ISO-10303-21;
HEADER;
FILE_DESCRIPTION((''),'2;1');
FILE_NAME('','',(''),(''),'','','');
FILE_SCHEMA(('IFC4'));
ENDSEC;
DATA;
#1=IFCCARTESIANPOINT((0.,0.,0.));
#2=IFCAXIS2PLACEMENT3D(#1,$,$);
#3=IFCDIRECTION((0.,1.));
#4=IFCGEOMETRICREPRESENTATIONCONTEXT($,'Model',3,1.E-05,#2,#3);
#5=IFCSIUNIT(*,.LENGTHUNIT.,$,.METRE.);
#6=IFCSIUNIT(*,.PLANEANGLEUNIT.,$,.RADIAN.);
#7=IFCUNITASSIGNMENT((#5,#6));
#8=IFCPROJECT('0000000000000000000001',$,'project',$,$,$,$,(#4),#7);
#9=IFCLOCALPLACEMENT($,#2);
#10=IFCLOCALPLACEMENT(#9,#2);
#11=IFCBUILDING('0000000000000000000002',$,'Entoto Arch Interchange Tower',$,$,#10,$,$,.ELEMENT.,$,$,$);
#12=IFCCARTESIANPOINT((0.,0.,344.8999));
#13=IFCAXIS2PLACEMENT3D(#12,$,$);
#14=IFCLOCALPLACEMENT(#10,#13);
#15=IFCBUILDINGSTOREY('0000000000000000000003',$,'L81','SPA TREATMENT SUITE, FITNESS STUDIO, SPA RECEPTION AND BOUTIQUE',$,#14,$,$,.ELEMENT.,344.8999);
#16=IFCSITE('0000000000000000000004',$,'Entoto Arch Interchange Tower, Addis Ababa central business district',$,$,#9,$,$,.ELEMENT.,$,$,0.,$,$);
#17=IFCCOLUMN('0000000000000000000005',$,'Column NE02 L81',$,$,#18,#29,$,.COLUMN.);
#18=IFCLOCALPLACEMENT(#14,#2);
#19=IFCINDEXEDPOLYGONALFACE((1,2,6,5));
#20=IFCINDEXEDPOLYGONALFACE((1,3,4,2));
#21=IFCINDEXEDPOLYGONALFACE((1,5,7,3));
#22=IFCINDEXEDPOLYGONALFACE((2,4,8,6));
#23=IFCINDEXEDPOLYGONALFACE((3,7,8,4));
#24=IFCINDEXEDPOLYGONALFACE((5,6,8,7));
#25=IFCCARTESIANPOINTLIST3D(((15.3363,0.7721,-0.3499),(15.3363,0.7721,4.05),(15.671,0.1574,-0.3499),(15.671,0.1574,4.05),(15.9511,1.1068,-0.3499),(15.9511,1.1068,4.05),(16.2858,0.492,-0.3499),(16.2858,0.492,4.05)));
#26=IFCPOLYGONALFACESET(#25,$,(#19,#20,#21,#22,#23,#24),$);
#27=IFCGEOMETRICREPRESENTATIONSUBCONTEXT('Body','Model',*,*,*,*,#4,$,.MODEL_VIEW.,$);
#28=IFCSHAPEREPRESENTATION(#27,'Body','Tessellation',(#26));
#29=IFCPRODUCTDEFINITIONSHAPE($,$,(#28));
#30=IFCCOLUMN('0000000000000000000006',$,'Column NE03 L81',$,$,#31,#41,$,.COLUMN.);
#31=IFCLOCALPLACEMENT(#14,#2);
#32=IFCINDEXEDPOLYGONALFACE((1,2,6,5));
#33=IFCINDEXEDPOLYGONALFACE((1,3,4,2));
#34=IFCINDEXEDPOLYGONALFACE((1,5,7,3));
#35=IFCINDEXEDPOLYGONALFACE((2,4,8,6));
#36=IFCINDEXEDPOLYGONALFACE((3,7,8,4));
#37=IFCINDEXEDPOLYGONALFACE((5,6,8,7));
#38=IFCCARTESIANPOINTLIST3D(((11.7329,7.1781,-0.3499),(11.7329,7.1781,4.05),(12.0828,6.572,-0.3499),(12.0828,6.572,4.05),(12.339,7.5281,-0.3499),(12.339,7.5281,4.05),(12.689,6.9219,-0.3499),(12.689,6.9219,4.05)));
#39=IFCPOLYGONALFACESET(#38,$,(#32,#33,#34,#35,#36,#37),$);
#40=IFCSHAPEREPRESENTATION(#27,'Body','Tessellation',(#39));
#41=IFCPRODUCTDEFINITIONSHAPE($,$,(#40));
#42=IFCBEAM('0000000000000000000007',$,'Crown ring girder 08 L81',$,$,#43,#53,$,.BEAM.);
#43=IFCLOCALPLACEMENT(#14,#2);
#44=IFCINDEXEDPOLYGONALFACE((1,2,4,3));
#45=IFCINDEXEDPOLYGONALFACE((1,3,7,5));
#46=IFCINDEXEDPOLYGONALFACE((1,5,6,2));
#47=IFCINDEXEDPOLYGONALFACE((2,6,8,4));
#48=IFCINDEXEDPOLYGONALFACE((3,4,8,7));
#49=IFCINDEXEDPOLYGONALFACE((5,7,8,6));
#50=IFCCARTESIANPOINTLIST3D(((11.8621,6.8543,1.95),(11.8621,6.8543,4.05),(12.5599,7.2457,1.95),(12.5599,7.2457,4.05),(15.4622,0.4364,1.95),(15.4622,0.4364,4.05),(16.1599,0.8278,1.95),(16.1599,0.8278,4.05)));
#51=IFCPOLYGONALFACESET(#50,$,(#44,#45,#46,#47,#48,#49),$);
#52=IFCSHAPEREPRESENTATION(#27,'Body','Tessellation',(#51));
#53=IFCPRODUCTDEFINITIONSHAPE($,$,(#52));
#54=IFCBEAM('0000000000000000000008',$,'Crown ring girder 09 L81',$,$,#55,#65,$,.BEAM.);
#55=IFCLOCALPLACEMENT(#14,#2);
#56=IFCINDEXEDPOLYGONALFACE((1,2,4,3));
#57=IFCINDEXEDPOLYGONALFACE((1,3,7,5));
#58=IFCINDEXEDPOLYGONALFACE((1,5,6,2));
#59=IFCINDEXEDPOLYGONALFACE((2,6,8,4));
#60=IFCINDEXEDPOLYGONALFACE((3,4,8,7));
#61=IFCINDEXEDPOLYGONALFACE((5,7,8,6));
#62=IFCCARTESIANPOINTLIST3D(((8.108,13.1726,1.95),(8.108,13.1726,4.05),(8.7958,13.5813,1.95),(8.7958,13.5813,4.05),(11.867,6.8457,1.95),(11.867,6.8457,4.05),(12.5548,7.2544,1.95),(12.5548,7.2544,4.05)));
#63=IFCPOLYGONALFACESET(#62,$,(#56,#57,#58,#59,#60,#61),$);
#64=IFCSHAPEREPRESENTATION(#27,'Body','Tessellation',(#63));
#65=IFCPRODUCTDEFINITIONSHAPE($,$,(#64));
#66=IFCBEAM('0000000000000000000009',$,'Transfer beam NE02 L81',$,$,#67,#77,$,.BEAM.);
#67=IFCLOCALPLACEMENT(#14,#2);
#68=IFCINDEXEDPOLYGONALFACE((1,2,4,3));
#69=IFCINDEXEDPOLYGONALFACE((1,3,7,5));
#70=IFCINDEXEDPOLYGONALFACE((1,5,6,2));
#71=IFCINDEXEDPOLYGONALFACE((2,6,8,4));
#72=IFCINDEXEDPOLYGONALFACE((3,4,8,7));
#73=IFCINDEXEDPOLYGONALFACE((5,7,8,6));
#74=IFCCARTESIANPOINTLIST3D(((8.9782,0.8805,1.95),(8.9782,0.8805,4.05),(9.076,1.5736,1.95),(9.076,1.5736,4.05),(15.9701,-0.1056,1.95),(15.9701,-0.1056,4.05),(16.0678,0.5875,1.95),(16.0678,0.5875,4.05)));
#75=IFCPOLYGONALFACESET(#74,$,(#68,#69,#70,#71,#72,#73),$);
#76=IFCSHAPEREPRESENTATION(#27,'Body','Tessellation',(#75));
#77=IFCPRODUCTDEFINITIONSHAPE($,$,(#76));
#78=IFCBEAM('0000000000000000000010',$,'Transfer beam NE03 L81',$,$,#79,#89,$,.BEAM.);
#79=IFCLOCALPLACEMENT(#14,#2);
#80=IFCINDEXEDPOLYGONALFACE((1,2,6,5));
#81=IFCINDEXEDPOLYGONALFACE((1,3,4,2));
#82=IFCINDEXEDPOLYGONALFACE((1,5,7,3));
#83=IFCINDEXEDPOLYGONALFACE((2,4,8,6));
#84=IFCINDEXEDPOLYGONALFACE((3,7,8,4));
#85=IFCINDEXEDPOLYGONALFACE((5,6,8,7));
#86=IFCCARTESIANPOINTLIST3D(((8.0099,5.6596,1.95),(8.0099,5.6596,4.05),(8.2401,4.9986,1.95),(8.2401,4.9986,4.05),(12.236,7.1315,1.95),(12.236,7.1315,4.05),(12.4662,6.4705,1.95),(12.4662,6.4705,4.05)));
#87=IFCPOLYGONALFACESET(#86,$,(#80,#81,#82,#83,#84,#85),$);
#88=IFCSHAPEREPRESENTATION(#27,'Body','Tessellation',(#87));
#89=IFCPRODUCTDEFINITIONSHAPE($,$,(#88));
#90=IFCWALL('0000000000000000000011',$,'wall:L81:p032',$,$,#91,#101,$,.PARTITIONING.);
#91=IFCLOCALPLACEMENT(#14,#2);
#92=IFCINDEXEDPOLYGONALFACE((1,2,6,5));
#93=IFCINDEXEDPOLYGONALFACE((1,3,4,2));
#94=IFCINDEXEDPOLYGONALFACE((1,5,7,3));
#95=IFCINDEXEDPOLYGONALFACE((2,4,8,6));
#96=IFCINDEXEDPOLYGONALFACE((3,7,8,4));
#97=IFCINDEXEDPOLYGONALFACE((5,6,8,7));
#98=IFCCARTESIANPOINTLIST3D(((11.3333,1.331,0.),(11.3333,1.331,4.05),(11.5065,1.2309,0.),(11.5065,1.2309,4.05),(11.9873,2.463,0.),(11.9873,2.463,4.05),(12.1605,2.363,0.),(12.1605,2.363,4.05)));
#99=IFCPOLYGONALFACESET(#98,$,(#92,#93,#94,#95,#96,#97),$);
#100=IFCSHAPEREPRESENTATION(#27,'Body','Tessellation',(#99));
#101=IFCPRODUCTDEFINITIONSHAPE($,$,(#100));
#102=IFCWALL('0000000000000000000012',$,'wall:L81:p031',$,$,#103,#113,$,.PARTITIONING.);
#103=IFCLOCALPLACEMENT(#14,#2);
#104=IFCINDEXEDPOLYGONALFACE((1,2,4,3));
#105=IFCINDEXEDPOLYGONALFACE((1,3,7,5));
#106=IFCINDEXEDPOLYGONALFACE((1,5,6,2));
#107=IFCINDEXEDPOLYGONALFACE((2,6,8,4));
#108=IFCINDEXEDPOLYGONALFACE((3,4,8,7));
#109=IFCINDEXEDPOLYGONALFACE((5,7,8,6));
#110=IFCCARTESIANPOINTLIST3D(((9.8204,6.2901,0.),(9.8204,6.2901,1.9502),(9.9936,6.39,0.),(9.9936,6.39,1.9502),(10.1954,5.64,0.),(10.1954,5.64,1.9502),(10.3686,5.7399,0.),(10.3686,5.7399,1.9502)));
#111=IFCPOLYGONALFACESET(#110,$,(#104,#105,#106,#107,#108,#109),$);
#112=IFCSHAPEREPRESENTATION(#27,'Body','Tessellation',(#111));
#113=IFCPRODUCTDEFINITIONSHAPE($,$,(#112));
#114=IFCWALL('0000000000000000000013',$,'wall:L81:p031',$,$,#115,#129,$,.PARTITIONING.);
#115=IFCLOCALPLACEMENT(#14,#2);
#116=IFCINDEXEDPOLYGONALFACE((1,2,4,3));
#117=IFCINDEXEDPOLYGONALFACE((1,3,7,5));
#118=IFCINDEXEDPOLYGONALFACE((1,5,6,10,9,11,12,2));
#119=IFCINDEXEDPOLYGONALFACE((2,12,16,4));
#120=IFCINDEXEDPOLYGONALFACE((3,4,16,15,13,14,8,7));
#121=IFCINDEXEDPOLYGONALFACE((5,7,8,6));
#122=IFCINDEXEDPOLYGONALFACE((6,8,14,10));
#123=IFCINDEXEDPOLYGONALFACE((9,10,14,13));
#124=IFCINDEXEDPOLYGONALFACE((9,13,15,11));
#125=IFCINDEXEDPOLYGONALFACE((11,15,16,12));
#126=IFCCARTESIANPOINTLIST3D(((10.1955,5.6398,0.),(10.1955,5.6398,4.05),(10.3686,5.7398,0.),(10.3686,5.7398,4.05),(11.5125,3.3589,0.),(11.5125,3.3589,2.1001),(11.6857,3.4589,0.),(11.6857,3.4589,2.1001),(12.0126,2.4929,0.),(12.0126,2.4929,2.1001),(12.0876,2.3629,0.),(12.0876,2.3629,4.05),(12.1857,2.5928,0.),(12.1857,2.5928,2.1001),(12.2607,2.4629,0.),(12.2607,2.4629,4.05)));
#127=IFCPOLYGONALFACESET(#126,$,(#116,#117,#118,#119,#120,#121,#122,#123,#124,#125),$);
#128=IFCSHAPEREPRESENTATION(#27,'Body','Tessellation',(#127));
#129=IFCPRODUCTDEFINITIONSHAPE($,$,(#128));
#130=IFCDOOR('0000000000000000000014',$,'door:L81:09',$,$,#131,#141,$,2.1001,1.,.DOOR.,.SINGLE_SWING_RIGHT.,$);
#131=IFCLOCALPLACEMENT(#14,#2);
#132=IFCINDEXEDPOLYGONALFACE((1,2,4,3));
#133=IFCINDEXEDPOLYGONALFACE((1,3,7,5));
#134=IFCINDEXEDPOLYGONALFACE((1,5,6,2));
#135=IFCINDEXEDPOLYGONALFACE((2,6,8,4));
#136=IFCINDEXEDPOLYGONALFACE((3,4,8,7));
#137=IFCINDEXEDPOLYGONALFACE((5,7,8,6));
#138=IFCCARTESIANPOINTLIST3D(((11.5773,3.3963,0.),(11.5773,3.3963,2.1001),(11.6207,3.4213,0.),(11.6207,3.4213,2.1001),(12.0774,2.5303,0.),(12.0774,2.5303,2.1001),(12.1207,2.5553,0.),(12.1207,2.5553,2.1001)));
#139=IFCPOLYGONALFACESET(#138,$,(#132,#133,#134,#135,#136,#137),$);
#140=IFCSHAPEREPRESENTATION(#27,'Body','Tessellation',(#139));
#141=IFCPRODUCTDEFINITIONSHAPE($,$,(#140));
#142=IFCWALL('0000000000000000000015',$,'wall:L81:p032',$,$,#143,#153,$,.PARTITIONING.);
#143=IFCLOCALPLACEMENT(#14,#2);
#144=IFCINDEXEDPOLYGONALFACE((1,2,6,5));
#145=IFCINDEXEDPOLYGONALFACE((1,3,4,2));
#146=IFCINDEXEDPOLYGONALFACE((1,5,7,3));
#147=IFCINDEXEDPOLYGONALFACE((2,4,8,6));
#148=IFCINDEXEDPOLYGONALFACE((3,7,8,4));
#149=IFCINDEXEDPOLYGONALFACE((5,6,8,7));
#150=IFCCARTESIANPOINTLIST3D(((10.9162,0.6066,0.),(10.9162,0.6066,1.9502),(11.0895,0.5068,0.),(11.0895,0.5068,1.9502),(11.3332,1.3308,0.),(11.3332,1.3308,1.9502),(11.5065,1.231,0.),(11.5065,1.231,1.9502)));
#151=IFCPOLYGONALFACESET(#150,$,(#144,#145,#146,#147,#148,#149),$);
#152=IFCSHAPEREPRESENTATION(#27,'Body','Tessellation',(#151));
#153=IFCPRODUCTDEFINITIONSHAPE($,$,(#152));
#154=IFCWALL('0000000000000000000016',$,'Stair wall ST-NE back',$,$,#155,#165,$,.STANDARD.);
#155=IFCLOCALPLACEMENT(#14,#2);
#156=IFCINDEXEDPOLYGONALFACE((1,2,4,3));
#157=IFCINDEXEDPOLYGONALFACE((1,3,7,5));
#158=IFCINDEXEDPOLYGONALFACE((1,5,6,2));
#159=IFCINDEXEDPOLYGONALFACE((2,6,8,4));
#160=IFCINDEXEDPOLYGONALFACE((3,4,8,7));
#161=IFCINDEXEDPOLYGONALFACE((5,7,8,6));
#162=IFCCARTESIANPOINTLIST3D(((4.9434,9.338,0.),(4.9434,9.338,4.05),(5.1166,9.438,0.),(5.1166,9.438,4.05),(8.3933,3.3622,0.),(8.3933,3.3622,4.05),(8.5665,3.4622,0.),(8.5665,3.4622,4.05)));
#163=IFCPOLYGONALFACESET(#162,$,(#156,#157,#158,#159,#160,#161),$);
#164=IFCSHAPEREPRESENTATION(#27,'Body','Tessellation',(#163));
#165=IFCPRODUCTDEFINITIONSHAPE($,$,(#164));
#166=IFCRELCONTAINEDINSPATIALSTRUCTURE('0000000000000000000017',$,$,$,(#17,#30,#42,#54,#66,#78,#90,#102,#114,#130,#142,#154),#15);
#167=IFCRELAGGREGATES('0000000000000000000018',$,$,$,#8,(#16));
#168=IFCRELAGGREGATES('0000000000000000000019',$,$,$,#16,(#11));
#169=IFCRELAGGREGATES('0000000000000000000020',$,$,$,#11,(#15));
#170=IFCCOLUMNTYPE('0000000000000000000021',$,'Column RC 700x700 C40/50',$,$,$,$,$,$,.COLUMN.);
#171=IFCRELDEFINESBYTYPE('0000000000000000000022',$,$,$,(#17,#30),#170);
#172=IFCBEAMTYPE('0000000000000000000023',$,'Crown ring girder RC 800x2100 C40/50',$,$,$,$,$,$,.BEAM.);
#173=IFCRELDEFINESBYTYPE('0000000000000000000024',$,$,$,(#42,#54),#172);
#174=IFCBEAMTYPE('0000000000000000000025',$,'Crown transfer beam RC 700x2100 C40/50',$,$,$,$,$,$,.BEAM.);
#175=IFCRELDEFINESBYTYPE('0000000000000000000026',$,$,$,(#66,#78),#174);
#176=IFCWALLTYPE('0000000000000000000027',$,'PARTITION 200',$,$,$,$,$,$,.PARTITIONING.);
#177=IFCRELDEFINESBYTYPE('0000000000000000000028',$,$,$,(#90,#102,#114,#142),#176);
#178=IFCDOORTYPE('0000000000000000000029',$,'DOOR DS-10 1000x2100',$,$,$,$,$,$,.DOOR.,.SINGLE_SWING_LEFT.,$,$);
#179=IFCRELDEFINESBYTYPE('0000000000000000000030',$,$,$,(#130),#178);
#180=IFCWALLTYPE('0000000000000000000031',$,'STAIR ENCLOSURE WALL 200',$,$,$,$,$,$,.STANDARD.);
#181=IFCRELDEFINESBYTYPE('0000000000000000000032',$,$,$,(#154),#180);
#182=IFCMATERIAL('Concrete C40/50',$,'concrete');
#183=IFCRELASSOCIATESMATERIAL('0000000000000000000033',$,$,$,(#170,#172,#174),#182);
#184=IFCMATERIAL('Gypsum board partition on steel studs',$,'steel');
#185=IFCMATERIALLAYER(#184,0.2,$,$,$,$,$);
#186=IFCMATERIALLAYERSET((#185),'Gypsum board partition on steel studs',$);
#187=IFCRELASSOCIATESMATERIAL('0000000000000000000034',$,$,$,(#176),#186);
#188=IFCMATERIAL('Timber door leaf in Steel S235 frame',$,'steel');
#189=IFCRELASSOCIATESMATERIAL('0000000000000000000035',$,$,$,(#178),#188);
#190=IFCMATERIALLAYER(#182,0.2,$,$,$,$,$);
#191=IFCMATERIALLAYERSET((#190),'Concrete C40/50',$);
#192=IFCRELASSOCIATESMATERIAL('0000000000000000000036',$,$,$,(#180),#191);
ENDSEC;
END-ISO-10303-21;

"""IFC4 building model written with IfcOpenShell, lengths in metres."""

from ifc_helpers import new_model, si_unit, direction, frame, frame_2d, origin, origin_2d, place, context, subcontext, project, spatial, rectangle, extrude, material, layer, layer_set, material_profile, profile_set, type_object, element, fill, save


model = new_model("IFC4")

# Units and contexts
model_context = context("Model", 3, precision=1e-05, world=origin(), true_north=direction((0.0, 1.0)))
body_context = subcontext(model_context, "Body", "Model", "MODEL_VIEW")
ifc_project = project(units=[si_unit("LENGTHUNIT", "METRE"), si_unit("PLANEANGLEUNIT", "RADIAN")], contexts=[model_context])

# Site, building, storey
site_placement = place(None, origin())
site = spatial("IfcSite", under=ifc_project, at=site_placement, Name="Entoto Arch Interchange Tower, Addis Ababa central business district", CompositionType="ELEMENT", RefElevation=0.0)
building_placement = place(site_placement, origin())
building = spatial("IfcBuilding", under=site, at=building_placement, Name="Entoto Arch Interchange Tower", CompositionType="ELEMENT")
storey_placement = place(building_placement, frame((0.0, 0.0, 344.8999)))
storey = spatial("IfcBuildingStorey", under=building, at=storey_placement, Name="L81", Description="SPA TREATMENT SUITE, FITNESS STUDIO, SPA RECEPTION AND BOUTIQUE", CompositionType="ELEMENT", Elevation=344.8999)

# Columns
ifc_material_1 = material(Name="Concrete C40/50", Category="concrete")
ifc_material_profile_1 = material_profile(ifc_material_1, rectangle(XDim=0.7, YDim=0.7, at=origin_2d()))
ifc_profile_set_1 = profile_set([ifc_material_profile_1], Name="Concrete C40/50")
column_type = type_object("IfcColumnType", Name="Column RC 700x700 C40/50", PredefinedType="COLUMN", material=ifc_profile_set_1)
for number, where, z_axis, x_axis, name in (
    (1, (15.811, 0.6321, -0.3499), (0.0, 0.0, 1.0), (-0.47814, 0.878284, 0.0), "Column NE02 L81"),
    (2, (12.2109, 7.05, -0.3499), (0.0, 0.0, 1.0), (-0.5, 0.866025, 0.0), "Column NE03 L81"),
):
    element("IfcColumn", number, at=place(storey_placement, frame(where, z_axis=z_axis, x_axis=x_axis)), inside=storey, type_object=column_type, Name=name, PredefinedType="COLUMN", context=body_context, shape_type="SweptSolid", body=[
        extrude(rectangle(XDim=0.7, YDim=0.7, at=origin_2d()), origin(), (0.0, 0.0, 1.0), 4.3999),
    ])

# Beams
ifc_material_profile_2 = material_profile(ifc_material_1, rectangle(XDim=0.8, YDim=2.1001, at=origin_2d()))
ifc_profile_set_2 = profile_set([ifc_material_profile_2], Name="Concrete C40/50")
beam_type_1 = type_object("IfcBeamType", Name="Crown ring girder RC 800x2100 C40/50", PredefinedType="BEAM", material=ifc_profile_set_2)
beam_1_placement = place(storey_placement, frame((15.811, 0.6321, 3.0), z_axis=(-0.489228, 0.872156, 0.0), x_axis=(-0.872156, -0.489228, 0.0)))
element("IfcBeam", 3, at=beam_1_placement, inside=storey, type_object=beam_type_1, Name="Crown ring girder 08 L81", PredefinedType="BEAM", context=body_context, shape_type="SweptSolid", body=[
    extrude(rectangle(XDim=0.8, YDim=2.1001, at=origin_2d()), origin(), (0.0, 0.0, 1.0), 7.3586),
])
beam_2_placement = place(storey_placement, frame((12.2109, 7.05, 3.0), z_axis=(-0.510783, 0.85971, 0.0), x_axis=(-0.85971, -0.510783, 0.0)))
element("IfcBeam", 4, at=beam_2_placement, inside=storey, type_object=beam_type_1, Name="Crown ring girder 09 L81", PredefinedType="BEAM", context=body_context, shape_type="SweptSolid", body=[
    extrude(rectangle(XDim=0.8, YDim=2.1001, at=origin_2d()), origin(), (0.0, 0.0, 1.0), 7.3594),
])
ifc_material_profile_3 = material_profile(ifc_material_1, rectangle(XDim=0.7, YDim=2.1001, at=origin_2d()))
ifc_profile_set_3 = profile_set([ifc_material_profile_3], Name="Concrete C40/50")
beam_type_2 = type_object("IfcBeamType", Name="Crown transfer beam RC 700x2100 C40/50", PredefinedType="BEAM", material=ifc_profile_set_3)
beam_3_placement = place(storey_placement, frame((9.0271, 1.2271, 3.0), z_axis=(0.990201, -0.139649, 0.0), x_axis=(0.139649, 0.990201, 0.0)))
element("IfcBeam", 5, at=beam_3_placement, inside=storey, type_object=beam_type_2, Name="Transfer beam NE02 L81", PredefinedType="BEAM", context=body_context, shape_type="SweptSolid", body=[
    extrude(rectangle(XDim=0.7, YDim=2.1001, at=origin_2d()), origin(), (0.0, 0.0, 1.0), 7.061),
])
beam_4_placement = place(storey_placement, frame((8.125, 5.3291, 3.0), z_axis=(0.944359, 0.328916, 0.0), x_axis=(-0.328916, 0.944359, 0.0)))
element("IfcBeam", 6, at=beam_4_placement, inside=storey, type_object=beam_type_2, Name="Transfer beam NE03 L81", PredefinedType="BEAM", context=body_context, shape_type="SweptSolid", body=[
    extrude(rectangle(XDim=0.7, YDim=2.1001, at=origin_2d()), origin(), (0.0, 0.0, 1.0), 4.4751),
])

# Walls
ifc_material_2 = material(Name="Gypsum board partition on steel studs", Category="steel")
ifc_layer_1 = layer(ifc_material_2, 0.2)
ifc_layer_set_1 = layer_set([ifc_layer_1], Name="Gypsum board partition on steel studs")
wall_type_1 = type_object("IfcWallType", Name="PARTITION 200", PredefinedType="PARTITIONING", material=ifc_layer_set_1)
wall_1_placement = place(storey_placement, frame((12.074, 2.4131, 0.0), z_axis=(0.0, 0.0, 1.0), x_axis=(-0.500256, -0.865878, 0.0)))
element("IfcWall", 7, at=wall_1_placement, inside=storey, type_object=wall_type_1, Name="wall:L81:p032", PredefinedType="PARTITIONING", context=body_context, shape_type="SweptSolid", body=[
    extrude(rectangle(XDim=1.3074, YDim=0.2, at=frame_2d((0.6538, 0.0))), origin(), (0.0, 0.0, 1.0), 4.05),
])
wall_2_placement = place(storey_placement, frame((9.907, 6.3401, 0.0), z_axis=(0.0, 0.0, 1.0), x_axis=(0.499638, -0.866234, 0.0)))
element("IfcWall", 8, at=wall_2_placement, inside=storey, type_object=wall_type_1, Name="wall:L81:p031", PredefinedType="PARTITIONING", context=body_context, shape_type="SweptSolid", body=[
    extrude(rectangle(XDim=0.7505, YDim=0.2, at=frame_2d((0.3752, 0.0))), origin(), (0.0, 0.0, 1.0), 1.9502),
])

# Wall, opening, door
wall_3_placement = place(storey_placement, frame((10.282, 5.6899, 0.0), z_axis=(0.0, 0.0, 1.0), x_axis=(0.500039, -0.866003, 0.0)))
wall_3 = element("IfcWall", 9, at=wall_3_placement, inside=storey, type_object=wall_type_1, Name="wall:L81:p031", PredefinedType="PARTITIONING", context=body_context, shape_type="SweptSolid", body=[
    extrude(rectangle(XDim=3.7839, YDim=0.2, at=frame_2d((1.8921, 0.0))), origin(), (0.0, 0.0, 1.0), 4.05),
])
opening_1_placement = place(wall_3_placement, frame((2.634, 0.0, 0.0)))
opening_1 = element("IfcOpeningElement", 10, at=opening_1_placement, cuts=wall_3, PredefinedType="OPENING", context=body_context, shape_type="SweptSolid", body=[
    extrude(rectangle(XDim=1.0, YDim=2.1001, at=frame_2d((0.5, 1.05))), frame((0.0, 0.1099, 0.0), z_axis=(0.0, -1.0, 0.0), x_axis=(1.0, 0.0, 0.0)), (0.0, 0.0, 1.0), 0.22),
])
ifc_material_3 = material(Name="Timber door leaf in Steel S235 frame", Category="steel")
door_type = type_object("IfcDoorType", Name="DOOR DS-10 1000x2100", OperationType="SINGLE_SWING_LEFT", PredefinedType="DOOR", material=ifc_material_3)
door_placement = place(opening_1_placement, origin())
door = element("IfcDoor", 11, at=door_placement, inside=storey, type_object=door_type, Name="door:L81:09", OperationType="SINGLE_SWING_RIGHT", OverallHeight=2.1001, OverallWidth=1.0, PredefinedType="DOOR", context=body_context, shape_type="SweptSolid", body=[
    extrude(rectangle(XDim=1.0, YDim=2.1001, at=frame_2d((0.5, 1.05))), frame((0.0, 0.0249, 0.0), z_axis=(0.0, -1.0, 0.0), x_axis=(1.0, 0.0, 0.0)), (0.0, 0.0, 1.0), 0.05),
])
fill(opening_1, door)

# Walls
wall_4_placement = place(storey_placement, frame((11.4199, 1.281, 0.0), z_axis=(0.0, 0.0, 1.0), x_axis=(-0.499031, -0.866584, 0.0)))
element("IfcWall", 12, at=wall_4_placement, inside=storey, type_object=wall_type_1, Name="wall:L81:p032", PredefinedType="PARTITIONING", context=body_context, shape_type="SweptSolid", body=[
    extrude(rectangle(XDim=0.8357, YDim=0.2, at=frame_2d((0.418, 0.0))), origin(), (0.0, 0.0, 1.0), 1.9502),
])
ifc_layer_2 = layer(ifc_material_1, 0.2)
ifc_layer_set_2 = layer_set([ifc_layer_2], Name="Concrete C40/50")
wall_type_2 = type_object("IfcWallType", Name="STAIR ENCLOSURE WALL 200", PredefinedType="STANDARD", material=ifc_layer_set_2)
wall_5_placement = place(storey_placement, frame((8.48, 3.4121, 0.0), z_axis=(0.0, 0.0, 1.0), x_axis=(-0.499979, 0.866038, 0.0)))
element("IfcWall", 13, at=wall_5_placement, inside=storey, type_object=wall_type_2, Name="Stair wall ST-NE back", PredefinedType="STANDARD", context=body_context, shape_type="SweptSolid", body=[
    extrude(rectangle(XDim=6.9001, YDim=0.2, at=frame_2d((3.4502, 0.0))), origin(), (0.0, 0.0, 1.0), 4.05),
])

save(model, "model.ifc")
